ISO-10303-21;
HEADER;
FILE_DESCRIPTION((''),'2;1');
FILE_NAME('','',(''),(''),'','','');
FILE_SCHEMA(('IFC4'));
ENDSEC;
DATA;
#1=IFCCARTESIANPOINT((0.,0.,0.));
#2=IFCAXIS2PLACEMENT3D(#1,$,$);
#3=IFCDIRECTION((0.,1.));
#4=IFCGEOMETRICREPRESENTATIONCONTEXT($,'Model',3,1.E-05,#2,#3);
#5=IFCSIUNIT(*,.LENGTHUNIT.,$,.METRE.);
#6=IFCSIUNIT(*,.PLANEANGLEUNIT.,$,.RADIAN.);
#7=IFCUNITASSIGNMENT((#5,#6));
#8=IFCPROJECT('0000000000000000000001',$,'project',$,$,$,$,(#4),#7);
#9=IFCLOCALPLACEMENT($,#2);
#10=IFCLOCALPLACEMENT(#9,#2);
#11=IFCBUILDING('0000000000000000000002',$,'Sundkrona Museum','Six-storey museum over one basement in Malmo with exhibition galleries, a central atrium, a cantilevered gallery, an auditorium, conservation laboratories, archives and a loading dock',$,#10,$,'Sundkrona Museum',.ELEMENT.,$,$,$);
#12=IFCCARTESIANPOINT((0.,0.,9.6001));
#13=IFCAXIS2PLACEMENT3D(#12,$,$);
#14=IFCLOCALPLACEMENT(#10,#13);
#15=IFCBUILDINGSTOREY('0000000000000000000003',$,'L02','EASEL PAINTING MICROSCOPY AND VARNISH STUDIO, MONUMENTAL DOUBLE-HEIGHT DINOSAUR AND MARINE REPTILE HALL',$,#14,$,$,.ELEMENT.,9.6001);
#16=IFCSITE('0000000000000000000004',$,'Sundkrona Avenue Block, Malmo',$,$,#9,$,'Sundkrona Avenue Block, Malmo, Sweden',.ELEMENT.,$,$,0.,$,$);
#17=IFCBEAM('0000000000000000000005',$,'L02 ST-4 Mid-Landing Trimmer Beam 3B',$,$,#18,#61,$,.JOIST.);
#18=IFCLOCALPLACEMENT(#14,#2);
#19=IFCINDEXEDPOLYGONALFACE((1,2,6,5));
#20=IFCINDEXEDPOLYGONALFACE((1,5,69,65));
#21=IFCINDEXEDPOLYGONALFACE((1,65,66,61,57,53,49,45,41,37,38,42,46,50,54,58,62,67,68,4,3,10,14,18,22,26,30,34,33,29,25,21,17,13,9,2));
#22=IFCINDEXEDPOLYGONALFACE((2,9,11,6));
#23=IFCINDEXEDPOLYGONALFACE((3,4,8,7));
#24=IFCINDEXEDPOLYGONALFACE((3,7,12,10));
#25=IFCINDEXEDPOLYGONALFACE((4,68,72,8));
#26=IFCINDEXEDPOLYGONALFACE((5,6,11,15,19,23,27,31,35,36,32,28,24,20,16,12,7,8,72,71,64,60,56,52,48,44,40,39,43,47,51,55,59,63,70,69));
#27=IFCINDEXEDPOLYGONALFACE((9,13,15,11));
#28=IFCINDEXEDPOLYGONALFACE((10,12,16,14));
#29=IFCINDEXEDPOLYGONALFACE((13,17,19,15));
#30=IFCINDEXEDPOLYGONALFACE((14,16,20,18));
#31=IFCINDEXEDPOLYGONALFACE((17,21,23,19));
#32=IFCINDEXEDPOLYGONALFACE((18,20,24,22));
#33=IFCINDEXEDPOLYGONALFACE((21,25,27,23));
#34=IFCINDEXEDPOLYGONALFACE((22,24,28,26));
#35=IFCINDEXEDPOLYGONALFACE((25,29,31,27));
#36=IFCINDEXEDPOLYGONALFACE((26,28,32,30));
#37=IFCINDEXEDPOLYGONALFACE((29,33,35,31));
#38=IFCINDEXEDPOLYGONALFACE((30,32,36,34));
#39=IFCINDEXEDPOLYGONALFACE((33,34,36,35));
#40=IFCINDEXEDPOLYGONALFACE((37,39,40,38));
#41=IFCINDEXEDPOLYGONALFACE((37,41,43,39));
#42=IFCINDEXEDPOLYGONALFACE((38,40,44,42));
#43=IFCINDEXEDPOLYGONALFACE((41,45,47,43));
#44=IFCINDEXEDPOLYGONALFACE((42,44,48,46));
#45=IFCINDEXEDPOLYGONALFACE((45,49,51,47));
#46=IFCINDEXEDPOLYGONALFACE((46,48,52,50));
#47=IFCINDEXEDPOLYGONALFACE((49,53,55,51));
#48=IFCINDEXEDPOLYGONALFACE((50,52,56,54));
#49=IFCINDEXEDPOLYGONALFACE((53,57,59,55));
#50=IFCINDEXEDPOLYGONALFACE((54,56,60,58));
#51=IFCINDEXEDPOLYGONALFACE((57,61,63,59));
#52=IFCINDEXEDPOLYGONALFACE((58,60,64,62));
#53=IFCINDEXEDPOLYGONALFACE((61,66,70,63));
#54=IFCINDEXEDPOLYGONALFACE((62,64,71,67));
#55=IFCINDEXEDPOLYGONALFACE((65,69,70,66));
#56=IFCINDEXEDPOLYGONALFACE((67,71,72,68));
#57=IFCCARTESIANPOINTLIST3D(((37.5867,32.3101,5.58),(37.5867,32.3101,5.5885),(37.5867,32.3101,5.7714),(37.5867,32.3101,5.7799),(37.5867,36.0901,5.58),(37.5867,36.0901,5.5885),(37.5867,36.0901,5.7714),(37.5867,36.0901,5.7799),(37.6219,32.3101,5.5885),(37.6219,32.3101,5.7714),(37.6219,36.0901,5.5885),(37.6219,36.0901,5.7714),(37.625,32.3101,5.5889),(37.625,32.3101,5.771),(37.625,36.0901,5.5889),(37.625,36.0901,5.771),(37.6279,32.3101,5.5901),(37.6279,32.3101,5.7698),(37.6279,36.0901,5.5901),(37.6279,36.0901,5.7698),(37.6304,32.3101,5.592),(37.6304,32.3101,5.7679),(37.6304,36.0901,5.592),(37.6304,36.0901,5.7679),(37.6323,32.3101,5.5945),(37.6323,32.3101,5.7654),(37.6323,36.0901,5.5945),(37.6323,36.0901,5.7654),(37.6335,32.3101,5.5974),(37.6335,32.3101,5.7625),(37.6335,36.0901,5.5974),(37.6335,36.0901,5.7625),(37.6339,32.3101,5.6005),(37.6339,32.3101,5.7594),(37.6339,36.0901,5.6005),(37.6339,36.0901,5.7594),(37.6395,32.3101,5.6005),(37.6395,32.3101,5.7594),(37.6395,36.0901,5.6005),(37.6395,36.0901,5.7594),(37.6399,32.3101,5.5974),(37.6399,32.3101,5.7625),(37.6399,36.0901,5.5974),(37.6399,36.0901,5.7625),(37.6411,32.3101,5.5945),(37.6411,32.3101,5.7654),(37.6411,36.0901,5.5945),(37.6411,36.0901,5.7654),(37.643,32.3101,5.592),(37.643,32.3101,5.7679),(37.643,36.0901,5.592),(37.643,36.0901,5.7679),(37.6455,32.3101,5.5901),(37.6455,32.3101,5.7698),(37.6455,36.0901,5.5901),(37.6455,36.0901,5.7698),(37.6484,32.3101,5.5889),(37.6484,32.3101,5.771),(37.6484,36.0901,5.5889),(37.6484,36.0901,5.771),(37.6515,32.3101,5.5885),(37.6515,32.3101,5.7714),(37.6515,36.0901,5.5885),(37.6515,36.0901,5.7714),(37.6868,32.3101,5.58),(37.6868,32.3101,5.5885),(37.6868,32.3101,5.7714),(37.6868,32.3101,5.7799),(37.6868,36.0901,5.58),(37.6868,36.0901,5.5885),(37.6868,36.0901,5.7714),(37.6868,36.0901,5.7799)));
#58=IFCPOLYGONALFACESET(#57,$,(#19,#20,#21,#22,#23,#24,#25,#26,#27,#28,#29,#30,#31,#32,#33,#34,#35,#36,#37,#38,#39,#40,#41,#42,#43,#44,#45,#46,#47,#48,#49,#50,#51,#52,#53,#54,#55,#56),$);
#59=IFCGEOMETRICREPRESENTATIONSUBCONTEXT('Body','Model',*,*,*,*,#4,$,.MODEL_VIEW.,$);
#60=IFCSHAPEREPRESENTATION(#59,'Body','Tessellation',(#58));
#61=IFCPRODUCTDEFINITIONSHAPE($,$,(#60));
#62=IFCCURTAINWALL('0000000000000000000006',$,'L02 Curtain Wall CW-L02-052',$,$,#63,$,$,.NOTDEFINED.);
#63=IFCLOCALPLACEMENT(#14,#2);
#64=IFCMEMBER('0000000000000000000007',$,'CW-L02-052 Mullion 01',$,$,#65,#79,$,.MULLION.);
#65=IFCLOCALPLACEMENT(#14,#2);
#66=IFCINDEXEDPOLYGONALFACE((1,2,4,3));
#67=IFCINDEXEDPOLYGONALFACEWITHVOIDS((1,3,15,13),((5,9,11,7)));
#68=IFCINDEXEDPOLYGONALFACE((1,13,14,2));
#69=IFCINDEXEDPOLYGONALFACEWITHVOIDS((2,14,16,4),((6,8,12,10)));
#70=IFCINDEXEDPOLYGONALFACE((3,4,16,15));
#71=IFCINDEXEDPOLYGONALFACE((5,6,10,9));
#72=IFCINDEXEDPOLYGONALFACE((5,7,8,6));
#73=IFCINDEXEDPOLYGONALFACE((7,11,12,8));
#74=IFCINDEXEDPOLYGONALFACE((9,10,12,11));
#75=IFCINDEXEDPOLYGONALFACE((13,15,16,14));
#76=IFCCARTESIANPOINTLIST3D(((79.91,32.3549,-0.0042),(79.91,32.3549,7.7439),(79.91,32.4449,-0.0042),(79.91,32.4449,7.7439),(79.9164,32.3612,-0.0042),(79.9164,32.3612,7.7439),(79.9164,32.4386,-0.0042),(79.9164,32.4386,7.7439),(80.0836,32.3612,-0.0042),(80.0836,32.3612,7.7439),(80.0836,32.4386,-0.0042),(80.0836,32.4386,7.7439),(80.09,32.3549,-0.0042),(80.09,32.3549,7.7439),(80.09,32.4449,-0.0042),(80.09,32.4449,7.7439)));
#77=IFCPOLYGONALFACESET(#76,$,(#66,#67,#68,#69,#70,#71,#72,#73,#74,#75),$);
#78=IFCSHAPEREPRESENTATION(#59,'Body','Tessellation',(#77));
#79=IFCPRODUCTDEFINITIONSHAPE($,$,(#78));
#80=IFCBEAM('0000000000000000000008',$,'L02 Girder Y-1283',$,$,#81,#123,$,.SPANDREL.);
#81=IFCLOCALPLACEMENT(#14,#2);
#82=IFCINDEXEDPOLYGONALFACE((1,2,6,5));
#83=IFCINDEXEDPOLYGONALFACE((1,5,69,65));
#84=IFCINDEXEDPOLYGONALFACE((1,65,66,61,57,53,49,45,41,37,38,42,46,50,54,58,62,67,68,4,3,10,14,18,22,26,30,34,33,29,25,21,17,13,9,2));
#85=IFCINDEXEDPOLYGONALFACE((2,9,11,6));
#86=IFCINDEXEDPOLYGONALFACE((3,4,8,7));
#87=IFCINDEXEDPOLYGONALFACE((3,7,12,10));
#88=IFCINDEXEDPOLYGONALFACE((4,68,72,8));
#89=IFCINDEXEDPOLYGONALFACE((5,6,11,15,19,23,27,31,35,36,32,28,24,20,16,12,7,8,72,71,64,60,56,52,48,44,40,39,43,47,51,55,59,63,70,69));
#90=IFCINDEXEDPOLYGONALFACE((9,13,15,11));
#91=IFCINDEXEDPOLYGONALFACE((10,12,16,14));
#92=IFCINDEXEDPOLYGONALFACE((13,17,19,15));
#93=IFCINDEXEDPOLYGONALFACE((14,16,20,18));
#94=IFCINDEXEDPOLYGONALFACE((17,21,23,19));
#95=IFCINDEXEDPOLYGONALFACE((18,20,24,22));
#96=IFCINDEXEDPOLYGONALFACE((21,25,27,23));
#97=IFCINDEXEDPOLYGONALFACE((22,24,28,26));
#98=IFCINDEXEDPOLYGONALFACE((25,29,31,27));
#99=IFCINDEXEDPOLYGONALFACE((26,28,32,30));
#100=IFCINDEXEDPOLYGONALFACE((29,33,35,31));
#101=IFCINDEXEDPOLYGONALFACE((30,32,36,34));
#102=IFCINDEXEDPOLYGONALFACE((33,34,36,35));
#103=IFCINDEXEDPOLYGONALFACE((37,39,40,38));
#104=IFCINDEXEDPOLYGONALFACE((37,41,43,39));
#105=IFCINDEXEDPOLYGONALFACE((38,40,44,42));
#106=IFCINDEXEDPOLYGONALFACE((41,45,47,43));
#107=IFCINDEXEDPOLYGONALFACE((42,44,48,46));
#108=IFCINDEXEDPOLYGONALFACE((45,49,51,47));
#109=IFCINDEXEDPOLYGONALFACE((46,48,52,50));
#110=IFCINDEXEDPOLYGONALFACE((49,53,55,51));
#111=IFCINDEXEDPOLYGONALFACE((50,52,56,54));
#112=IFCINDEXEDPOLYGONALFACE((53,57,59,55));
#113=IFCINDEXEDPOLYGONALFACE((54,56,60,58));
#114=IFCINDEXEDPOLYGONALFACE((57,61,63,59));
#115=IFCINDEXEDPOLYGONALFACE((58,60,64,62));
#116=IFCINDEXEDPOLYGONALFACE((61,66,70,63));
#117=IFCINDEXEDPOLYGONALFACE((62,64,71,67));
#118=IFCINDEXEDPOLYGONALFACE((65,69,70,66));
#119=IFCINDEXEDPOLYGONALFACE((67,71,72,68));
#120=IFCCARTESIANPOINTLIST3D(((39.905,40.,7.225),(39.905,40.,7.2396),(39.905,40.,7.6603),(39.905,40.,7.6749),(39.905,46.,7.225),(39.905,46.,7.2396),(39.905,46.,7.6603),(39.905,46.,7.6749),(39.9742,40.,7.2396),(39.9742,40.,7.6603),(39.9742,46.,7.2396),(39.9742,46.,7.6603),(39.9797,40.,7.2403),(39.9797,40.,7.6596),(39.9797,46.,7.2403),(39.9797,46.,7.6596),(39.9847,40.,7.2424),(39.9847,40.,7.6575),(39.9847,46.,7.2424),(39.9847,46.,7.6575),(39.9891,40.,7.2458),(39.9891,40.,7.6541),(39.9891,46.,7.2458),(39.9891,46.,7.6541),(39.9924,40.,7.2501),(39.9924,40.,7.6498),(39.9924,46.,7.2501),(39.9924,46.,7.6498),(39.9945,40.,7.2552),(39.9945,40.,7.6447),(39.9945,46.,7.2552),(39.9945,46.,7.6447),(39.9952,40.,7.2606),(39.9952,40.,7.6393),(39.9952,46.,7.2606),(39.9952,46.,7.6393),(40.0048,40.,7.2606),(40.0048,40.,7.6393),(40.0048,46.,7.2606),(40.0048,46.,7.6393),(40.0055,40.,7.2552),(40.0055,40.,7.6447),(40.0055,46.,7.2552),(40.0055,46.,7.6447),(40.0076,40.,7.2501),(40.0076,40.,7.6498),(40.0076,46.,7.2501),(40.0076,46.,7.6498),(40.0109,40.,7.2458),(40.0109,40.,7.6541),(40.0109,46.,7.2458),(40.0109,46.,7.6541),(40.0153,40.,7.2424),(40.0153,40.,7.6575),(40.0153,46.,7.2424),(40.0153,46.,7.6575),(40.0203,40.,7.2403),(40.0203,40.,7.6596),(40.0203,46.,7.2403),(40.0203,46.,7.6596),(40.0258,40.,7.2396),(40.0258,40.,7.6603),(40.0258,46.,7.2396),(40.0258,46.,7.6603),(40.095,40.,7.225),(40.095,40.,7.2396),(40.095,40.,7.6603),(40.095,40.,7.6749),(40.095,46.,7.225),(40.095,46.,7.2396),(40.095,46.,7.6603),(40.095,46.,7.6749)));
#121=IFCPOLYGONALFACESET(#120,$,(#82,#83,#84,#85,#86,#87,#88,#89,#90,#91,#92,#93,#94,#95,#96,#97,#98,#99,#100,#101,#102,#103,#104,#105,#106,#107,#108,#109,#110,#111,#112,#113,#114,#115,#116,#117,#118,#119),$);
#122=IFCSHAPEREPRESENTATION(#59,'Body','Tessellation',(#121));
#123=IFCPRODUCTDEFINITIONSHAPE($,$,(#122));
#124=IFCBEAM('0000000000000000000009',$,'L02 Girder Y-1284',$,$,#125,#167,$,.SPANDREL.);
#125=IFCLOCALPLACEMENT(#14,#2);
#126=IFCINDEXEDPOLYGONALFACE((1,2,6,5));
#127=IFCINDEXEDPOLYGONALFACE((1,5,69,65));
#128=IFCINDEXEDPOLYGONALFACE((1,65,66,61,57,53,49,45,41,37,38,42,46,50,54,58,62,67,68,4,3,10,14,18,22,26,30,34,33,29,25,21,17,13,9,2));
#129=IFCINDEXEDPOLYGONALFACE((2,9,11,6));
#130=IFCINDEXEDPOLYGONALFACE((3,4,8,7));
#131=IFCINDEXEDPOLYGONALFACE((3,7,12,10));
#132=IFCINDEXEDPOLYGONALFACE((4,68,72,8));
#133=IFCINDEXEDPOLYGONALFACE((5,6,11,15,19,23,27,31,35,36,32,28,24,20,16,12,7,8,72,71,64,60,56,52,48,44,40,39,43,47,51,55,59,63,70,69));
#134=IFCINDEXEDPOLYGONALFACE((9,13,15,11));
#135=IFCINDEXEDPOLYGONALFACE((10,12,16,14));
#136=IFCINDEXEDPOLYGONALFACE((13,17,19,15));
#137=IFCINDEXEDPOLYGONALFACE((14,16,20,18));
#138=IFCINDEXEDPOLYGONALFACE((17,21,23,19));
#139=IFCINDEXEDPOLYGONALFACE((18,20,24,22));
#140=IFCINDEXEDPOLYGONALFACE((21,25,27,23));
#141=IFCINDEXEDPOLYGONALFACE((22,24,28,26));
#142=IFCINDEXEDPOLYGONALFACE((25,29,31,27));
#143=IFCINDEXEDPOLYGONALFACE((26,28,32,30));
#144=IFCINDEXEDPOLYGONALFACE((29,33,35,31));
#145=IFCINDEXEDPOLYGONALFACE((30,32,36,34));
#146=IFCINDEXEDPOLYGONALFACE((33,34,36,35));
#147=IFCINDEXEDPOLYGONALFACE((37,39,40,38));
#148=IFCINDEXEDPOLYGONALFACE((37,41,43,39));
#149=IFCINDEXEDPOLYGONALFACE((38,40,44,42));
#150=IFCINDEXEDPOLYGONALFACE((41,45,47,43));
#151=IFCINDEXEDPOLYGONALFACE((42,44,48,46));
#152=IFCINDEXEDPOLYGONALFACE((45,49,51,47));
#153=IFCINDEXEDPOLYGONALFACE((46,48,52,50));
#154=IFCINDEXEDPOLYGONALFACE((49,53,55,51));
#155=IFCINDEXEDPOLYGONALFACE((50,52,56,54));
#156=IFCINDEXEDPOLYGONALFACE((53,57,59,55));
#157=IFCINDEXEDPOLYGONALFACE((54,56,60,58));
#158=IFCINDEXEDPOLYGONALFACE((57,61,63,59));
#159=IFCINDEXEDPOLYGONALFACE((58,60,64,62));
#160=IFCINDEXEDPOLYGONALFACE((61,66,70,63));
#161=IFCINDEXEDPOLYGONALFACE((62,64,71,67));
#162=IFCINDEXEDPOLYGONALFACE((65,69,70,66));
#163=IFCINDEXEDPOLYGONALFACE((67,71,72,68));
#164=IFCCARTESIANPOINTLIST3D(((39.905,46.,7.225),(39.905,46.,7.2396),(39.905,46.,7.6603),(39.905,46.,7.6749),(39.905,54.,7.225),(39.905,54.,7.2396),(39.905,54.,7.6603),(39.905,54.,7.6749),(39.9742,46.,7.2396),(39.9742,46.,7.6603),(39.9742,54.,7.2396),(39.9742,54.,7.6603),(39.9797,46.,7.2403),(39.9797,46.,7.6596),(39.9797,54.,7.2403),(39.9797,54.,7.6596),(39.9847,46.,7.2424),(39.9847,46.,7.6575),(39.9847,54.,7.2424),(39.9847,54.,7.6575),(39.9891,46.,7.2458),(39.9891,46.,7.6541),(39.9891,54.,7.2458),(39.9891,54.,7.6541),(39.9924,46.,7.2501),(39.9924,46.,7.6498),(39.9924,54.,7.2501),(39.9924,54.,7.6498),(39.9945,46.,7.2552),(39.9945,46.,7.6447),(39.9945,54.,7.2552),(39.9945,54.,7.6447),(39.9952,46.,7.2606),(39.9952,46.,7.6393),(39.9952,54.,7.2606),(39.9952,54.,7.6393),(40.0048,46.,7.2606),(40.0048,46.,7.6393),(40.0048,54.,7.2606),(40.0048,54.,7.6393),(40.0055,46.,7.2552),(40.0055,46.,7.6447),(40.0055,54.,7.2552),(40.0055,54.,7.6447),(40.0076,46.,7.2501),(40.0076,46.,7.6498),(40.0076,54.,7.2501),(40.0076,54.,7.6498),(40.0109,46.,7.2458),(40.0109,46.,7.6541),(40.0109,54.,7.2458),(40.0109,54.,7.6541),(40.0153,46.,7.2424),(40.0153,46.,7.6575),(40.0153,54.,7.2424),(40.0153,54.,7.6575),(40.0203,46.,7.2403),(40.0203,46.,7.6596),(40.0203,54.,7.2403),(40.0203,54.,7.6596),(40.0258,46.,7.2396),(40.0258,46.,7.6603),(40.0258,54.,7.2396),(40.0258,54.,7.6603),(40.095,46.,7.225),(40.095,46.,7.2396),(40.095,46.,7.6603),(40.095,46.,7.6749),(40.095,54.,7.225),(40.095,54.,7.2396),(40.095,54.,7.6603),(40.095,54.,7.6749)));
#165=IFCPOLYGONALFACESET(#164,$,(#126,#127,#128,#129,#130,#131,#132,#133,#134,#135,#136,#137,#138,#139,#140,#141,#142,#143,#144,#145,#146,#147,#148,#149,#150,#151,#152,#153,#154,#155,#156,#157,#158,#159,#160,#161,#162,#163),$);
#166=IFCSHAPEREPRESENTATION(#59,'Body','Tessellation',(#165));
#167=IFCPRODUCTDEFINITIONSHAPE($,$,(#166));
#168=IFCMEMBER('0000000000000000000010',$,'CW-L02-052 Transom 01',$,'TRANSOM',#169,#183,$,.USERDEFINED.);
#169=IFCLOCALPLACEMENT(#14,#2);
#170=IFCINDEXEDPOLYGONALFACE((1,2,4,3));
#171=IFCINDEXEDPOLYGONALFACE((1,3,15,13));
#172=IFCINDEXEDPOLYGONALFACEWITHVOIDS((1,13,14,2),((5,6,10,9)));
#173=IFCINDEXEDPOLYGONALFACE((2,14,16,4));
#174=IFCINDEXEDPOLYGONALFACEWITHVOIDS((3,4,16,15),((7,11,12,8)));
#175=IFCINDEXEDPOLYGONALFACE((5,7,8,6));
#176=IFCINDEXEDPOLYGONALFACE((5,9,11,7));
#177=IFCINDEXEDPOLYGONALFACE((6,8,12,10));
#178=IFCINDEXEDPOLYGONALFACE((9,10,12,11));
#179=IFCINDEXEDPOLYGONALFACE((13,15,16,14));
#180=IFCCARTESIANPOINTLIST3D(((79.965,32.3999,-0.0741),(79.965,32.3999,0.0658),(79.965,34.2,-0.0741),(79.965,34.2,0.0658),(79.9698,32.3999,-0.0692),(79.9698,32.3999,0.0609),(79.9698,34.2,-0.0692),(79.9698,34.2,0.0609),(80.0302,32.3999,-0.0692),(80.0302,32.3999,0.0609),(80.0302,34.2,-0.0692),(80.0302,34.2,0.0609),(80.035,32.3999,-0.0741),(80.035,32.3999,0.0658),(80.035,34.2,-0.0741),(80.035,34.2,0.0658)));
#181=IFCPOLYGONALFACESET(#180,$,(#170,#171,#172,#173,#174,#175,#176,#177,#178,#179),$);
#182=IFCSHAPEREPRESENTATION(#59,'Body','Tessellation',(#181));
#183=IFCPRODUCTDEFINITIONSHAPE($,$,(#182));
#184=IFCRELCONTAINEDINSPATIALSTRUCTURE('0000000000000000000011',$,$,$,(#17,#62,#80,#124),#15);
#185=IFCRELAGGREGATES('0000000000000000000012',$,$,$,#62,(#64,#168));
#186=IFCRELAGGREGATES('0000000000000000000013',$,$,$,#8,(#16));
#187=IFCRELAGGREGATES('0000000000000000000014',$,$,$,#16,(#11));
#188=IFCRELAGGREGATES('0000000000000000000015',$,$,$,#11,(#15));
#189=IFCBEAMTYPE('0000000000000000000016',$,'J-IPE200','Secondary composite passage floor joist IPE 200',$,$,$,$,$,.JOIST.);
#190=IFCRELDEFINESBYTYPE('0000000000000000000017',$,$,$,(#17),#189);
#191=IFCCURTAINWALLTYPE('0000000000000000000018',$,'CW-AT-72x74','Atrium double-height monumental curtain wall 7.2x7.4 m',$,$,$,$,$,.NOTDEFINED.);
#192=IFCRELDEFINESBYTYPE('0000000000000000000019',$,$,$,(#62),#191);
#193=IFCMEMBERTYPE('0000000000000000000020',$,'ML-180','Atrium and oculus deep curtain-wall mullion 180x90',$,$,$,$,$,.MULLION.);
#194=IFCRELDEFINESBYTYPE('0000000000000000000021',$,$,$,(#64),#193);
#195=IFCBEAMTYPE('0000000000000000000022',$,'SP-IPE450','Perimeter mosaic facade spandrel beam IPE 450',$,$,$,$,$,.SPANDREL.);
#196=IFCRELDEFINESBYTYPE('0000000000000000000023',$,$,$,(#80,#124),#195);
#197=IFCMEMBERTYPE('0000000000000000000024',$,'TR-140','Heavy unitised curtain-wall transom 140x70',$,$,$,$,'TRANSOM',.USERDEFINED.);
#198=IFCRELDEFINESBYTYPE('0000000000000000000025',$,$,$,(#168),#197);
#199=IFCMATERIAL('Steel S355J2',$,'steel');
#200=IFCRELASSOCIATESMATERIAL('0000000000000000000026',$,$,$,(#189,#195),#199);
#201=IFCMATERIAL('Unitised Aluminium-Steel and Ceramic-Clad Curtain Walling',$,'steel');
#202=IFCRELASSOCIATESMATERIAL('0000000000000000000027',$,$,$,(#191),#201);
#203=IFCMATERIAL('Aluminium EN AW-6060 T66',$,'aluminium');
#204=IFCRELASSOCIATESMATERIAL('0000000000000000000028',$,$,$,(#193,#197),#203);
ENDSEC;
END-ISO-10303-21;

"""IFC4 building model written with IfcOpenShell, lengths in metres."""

from ifc_helpers import new_model, si_unit, direction, frame, origin, origin_2d, place, context, subcontext, project, spatial, hollow_rectangle, i_section, extrude, material, material_profile, profile_set, type_object, element, aggregate, save


model = new_model("IFC4")

# Units and contexts
model_context = context("Model", 3, precision=1e-05, world=origin(), true_north=direction((0.0, 1.0)))
body_context = subcontext(model_context, "Body", "Model", "MODEL_VIEW")
ifc_project = project(units=[si_unit("LENGTHUNIT", "METRE"), si_unit("PLANEANGLEUNIT", "RADIAN")], contexts=[model_context])

# Site, building, storey
site_placement = place(None, origin())
site = spatial("IfcSite", under=ifc_project, at=site_placement, Name="Sundkrona Avenue Block, Malmo", LongName="Sundkrona Avenue Block, Malmo, Sweden", CompositionType="ELEMENT", RefElevation=0.0)
building_placement = place(site_placement, origin())
building = spatial("IfcBuilding", under=site, at=building_placement, Name="Sundkrona Museum", Description="Six-storey museum over one basement in Malmo with exhibition galleries, a central atrium, a cantilevered gallery, an auditorium, conservation laboratories, archives and a loading dock", LongName="Sundkrona Museum", CompositionType="ELEMENT")
storey_placement = place(building_placement, frame((0.0, 0.0, 9.6001)))
storey = spatial("IfcBuildingStorey", under=building, at=storey_placement, Name="L02", Description="EASEL PAINTING MICROSCOPY AND VARNISH STUDIO, MONUMENTAL DOUBLE-HEIGHT DINOSAUR AND MARINE REPTILE HALL", CompositionType="ELEMENT", Elevation=9.6001)

# Shared definitions
ifc_material_1 = material(Name="Steel S355J2", Category="steel")

# Beam
ifc_material_profile_1 = material_profile(ifc_material_1, i_section(OverallWidth=0.1001, OverallDepth=0.2, WebThickness=0.0056, FlangeThickness=0.0085, FilletRadius=0.012, at=origin_2d()), Name="IPE 200")
ifc_profile_set_1 = profile_set([ifc_material_profile_1], Name="Steel S355J2")
beam_type_1 = type_object("IfcBeamType", Name="J-IPE200", Description="Secondary composite passage floor joist IPE 200", PredefinedType="JOIST", material=ifc_profile_set_1)
for number, where, z_axis, x_axis, name in (
    (1, (37.6367, 32.3101, 5.6799), (0.0, 1.0, 0.0), (-1.0, 0.0, 0.0), "L02 ST-4 Mid-Landing Trimmer Beam 3B"),
):
    element("IfcBeam", number, at=place(storey_placement, frame(where, z_axis=z_axis, x_axis=x_axis)), inside=storey, type_object=beam_type_1, Name=name, PredefinedType="JOIST", context=body_context, shape_type="SweptSolid", body=[
        extrude(i_section(OverallWidth=0.1001, OverallDepth=0.2, WebThickness=0.0056, FlangeThickness=0.0085, FilletRadius=0.012, at=origin_2d()), origin(), (0.0, 0.0, 1.0), 3.78),
    ])

# Curtain wall, member
ifc_material_2 = material(Name="Unitised Aluminium-Steel and Ceramic-Clad Curtain Walling", Category="steel")
curtain_wall_type = type_object("IfcCurtainWallType", Name="CW-AT-72x74", Description="Atrium double-height monumental curtain wall 7.2x7.4 m", PredefinedType="NOTDEFINED", material=ifc_material_2)
curtain_wall_placement = place(storey_placement, origin())
curtain_wall = element("IfcCurtainWall", 2, at=curtain_wall_placement, inside=storey, type_object=curtain_wall_type, Name="L02 Curtain Wall CW-L02-052", PredefinedType="NOTDEFINED")
ifc_material_3 = material(Name="Aluminium EN AW-6060 T66", Category="aluminium")
ifc_material_profile_2 = material_profile(ifc_material_3, hollow_rectangle(XDim=0.0901, YDim=0.1799, WallThickness=0.0063, at=origin_2d()), Name="RHS 180x90x6.3")
ifc_profile_set_2 = profile_set([ifc_material_profile_2], Name="Aluminium EN AW-6060 T66")
member_type_1 = type_object("IfcMemberType", Name="ML-180", Description="Atrium and oculus deep curtain-wall mullion 180x90", PredefinedType="MULLION", material=ifc_profile_set_2)
member_1_placement = place(storey_placement, frame((80.0, 32.3999, -0.0042), z_axis=(0.0, 0.0, 1.0), x_axis=(0.0, 1.0, 0.0)))
member_1 = element("IfcMember", 3, at=member_1_placement, type_object=member_type_1, Name="CW-L02-052 Mullion 01", PredefinedType="MULLION", context=body_context, shape_type="SweptSolid", body=[
    extrude(hollow_rectangle(XDim=0.0901, YDim=0.1799, WallThickness=0.0063, at=origin_2d()), origin(), (0.0, 0.0, 1.0), 7.748),
])

# Beams
ifc_material_profile_3 = material_profile(ifc_material_1, i_section(OverallWidth=0.1899, OverallDepth=0.45, WebThickness=0.0095, FlangeThickness=0.0146, FilletRadius=0.021, at=origin_2d()), Name="IPE 450")
ifc_profile_set_3 = profile_set([ifc_material_profile_3], Name="Steel S355J2")
beam_type_2 = type_object("IfcBeamType", Name="SP-IPE450", Description="Perimeter mosaic facade spandrel beam IPE 450", PredefinedType="SPANDREL", material=ifc_profile_set_3)
beam_1_placement = place(storey_placement, frame((40.0, 40.0, 7.45), z_axis=(0.0, 1.0, 0.0), x_axis=(-1.0, 0.0, 0.0)))
element("IfcBeam", 4, at=beam_1_placement, inside=storey, type_object=beam_type_2, Name="L02 Girder Y-1283", PredefinedType="SPANDREL", context=body_context, shape_type="SweptSolid", body=[
    extrude(i_section(OverallWidth=0.1899, OverallDepth=0.45, WebThickness=0.0095, FlangeThickness=0.0146, FilletRadius=0.021, at=origin_2d()), origin(), (0.0, 0.0, 1.0), 6.0),
])
beam_2_placement = place(storey_placement, frame((40.0, 46.0, 7.45), z_axis=(0.0, 1.0, 0.0), x_axis=(-1.0, 0.0, 0.0)))
element("IfcBeam", 5, at=beam_2_placement, inside=storey, type_object=beam_type_2, Name="L02 Girder Y-1284", PredefinedType="SPANDREL", context=body_context, shape_type="SweptSolid", body=[
    extrude(i_section(OverallWidth=0.1899, OverallDepth=0.45, WebThickness=0.0095, FlangeThickness=0.0146, FilletRadius=0.021, at=origin_2d()), origin(), (0.0, 0.0, 1.0), 8.0),
])

# Member
ifc_material_profile_4 = material_profile(ifc_material_3, hollow_rectangle(XDim=0.0701, YDim=0.1399, WallThickness=0.0049, at=origin_2d()), Name="RHS 140x70x5.0")
ifc_profile_set_4 = profile_set([ifc_material_profile_4], Name="Aluminium EN AW-6060 T66")
member_type_2 = type_object("IfcMemberType", Name="TR-140", Description="Heavy unitised curtain-wall transom 140x70", ElementType="TRANSOM", PredefinedType="USERDEFINED", material=ifc_profile_set_4)
member_2_placement = place(storey_placement, frame((80.0, 32.3999, -0.0042), z_axis=(0.0, 1.0, 0.0), x_axis=(-1.0, 0.0, 0.0)))
member_2 = element("IfcMember", 6, at=member_2_placement, type_object=member_type_2, Name="CW-L02-052 Transom 01", ObjectType="TRANSOM", PredefinedType="USERDEFINED", context=body_context, shape_type="SweptSolid", body=[
    extrude(hollow_rectangle(XDim=0.0701, YDim=0.1399, WallThickness=0.0049, at=origin_2d()), origin(), (0.0, 0.0, 1.0), 1.8),
])
aggregate(curtain_wall, [member_1, member_2])

save(model, "model.ifc")
